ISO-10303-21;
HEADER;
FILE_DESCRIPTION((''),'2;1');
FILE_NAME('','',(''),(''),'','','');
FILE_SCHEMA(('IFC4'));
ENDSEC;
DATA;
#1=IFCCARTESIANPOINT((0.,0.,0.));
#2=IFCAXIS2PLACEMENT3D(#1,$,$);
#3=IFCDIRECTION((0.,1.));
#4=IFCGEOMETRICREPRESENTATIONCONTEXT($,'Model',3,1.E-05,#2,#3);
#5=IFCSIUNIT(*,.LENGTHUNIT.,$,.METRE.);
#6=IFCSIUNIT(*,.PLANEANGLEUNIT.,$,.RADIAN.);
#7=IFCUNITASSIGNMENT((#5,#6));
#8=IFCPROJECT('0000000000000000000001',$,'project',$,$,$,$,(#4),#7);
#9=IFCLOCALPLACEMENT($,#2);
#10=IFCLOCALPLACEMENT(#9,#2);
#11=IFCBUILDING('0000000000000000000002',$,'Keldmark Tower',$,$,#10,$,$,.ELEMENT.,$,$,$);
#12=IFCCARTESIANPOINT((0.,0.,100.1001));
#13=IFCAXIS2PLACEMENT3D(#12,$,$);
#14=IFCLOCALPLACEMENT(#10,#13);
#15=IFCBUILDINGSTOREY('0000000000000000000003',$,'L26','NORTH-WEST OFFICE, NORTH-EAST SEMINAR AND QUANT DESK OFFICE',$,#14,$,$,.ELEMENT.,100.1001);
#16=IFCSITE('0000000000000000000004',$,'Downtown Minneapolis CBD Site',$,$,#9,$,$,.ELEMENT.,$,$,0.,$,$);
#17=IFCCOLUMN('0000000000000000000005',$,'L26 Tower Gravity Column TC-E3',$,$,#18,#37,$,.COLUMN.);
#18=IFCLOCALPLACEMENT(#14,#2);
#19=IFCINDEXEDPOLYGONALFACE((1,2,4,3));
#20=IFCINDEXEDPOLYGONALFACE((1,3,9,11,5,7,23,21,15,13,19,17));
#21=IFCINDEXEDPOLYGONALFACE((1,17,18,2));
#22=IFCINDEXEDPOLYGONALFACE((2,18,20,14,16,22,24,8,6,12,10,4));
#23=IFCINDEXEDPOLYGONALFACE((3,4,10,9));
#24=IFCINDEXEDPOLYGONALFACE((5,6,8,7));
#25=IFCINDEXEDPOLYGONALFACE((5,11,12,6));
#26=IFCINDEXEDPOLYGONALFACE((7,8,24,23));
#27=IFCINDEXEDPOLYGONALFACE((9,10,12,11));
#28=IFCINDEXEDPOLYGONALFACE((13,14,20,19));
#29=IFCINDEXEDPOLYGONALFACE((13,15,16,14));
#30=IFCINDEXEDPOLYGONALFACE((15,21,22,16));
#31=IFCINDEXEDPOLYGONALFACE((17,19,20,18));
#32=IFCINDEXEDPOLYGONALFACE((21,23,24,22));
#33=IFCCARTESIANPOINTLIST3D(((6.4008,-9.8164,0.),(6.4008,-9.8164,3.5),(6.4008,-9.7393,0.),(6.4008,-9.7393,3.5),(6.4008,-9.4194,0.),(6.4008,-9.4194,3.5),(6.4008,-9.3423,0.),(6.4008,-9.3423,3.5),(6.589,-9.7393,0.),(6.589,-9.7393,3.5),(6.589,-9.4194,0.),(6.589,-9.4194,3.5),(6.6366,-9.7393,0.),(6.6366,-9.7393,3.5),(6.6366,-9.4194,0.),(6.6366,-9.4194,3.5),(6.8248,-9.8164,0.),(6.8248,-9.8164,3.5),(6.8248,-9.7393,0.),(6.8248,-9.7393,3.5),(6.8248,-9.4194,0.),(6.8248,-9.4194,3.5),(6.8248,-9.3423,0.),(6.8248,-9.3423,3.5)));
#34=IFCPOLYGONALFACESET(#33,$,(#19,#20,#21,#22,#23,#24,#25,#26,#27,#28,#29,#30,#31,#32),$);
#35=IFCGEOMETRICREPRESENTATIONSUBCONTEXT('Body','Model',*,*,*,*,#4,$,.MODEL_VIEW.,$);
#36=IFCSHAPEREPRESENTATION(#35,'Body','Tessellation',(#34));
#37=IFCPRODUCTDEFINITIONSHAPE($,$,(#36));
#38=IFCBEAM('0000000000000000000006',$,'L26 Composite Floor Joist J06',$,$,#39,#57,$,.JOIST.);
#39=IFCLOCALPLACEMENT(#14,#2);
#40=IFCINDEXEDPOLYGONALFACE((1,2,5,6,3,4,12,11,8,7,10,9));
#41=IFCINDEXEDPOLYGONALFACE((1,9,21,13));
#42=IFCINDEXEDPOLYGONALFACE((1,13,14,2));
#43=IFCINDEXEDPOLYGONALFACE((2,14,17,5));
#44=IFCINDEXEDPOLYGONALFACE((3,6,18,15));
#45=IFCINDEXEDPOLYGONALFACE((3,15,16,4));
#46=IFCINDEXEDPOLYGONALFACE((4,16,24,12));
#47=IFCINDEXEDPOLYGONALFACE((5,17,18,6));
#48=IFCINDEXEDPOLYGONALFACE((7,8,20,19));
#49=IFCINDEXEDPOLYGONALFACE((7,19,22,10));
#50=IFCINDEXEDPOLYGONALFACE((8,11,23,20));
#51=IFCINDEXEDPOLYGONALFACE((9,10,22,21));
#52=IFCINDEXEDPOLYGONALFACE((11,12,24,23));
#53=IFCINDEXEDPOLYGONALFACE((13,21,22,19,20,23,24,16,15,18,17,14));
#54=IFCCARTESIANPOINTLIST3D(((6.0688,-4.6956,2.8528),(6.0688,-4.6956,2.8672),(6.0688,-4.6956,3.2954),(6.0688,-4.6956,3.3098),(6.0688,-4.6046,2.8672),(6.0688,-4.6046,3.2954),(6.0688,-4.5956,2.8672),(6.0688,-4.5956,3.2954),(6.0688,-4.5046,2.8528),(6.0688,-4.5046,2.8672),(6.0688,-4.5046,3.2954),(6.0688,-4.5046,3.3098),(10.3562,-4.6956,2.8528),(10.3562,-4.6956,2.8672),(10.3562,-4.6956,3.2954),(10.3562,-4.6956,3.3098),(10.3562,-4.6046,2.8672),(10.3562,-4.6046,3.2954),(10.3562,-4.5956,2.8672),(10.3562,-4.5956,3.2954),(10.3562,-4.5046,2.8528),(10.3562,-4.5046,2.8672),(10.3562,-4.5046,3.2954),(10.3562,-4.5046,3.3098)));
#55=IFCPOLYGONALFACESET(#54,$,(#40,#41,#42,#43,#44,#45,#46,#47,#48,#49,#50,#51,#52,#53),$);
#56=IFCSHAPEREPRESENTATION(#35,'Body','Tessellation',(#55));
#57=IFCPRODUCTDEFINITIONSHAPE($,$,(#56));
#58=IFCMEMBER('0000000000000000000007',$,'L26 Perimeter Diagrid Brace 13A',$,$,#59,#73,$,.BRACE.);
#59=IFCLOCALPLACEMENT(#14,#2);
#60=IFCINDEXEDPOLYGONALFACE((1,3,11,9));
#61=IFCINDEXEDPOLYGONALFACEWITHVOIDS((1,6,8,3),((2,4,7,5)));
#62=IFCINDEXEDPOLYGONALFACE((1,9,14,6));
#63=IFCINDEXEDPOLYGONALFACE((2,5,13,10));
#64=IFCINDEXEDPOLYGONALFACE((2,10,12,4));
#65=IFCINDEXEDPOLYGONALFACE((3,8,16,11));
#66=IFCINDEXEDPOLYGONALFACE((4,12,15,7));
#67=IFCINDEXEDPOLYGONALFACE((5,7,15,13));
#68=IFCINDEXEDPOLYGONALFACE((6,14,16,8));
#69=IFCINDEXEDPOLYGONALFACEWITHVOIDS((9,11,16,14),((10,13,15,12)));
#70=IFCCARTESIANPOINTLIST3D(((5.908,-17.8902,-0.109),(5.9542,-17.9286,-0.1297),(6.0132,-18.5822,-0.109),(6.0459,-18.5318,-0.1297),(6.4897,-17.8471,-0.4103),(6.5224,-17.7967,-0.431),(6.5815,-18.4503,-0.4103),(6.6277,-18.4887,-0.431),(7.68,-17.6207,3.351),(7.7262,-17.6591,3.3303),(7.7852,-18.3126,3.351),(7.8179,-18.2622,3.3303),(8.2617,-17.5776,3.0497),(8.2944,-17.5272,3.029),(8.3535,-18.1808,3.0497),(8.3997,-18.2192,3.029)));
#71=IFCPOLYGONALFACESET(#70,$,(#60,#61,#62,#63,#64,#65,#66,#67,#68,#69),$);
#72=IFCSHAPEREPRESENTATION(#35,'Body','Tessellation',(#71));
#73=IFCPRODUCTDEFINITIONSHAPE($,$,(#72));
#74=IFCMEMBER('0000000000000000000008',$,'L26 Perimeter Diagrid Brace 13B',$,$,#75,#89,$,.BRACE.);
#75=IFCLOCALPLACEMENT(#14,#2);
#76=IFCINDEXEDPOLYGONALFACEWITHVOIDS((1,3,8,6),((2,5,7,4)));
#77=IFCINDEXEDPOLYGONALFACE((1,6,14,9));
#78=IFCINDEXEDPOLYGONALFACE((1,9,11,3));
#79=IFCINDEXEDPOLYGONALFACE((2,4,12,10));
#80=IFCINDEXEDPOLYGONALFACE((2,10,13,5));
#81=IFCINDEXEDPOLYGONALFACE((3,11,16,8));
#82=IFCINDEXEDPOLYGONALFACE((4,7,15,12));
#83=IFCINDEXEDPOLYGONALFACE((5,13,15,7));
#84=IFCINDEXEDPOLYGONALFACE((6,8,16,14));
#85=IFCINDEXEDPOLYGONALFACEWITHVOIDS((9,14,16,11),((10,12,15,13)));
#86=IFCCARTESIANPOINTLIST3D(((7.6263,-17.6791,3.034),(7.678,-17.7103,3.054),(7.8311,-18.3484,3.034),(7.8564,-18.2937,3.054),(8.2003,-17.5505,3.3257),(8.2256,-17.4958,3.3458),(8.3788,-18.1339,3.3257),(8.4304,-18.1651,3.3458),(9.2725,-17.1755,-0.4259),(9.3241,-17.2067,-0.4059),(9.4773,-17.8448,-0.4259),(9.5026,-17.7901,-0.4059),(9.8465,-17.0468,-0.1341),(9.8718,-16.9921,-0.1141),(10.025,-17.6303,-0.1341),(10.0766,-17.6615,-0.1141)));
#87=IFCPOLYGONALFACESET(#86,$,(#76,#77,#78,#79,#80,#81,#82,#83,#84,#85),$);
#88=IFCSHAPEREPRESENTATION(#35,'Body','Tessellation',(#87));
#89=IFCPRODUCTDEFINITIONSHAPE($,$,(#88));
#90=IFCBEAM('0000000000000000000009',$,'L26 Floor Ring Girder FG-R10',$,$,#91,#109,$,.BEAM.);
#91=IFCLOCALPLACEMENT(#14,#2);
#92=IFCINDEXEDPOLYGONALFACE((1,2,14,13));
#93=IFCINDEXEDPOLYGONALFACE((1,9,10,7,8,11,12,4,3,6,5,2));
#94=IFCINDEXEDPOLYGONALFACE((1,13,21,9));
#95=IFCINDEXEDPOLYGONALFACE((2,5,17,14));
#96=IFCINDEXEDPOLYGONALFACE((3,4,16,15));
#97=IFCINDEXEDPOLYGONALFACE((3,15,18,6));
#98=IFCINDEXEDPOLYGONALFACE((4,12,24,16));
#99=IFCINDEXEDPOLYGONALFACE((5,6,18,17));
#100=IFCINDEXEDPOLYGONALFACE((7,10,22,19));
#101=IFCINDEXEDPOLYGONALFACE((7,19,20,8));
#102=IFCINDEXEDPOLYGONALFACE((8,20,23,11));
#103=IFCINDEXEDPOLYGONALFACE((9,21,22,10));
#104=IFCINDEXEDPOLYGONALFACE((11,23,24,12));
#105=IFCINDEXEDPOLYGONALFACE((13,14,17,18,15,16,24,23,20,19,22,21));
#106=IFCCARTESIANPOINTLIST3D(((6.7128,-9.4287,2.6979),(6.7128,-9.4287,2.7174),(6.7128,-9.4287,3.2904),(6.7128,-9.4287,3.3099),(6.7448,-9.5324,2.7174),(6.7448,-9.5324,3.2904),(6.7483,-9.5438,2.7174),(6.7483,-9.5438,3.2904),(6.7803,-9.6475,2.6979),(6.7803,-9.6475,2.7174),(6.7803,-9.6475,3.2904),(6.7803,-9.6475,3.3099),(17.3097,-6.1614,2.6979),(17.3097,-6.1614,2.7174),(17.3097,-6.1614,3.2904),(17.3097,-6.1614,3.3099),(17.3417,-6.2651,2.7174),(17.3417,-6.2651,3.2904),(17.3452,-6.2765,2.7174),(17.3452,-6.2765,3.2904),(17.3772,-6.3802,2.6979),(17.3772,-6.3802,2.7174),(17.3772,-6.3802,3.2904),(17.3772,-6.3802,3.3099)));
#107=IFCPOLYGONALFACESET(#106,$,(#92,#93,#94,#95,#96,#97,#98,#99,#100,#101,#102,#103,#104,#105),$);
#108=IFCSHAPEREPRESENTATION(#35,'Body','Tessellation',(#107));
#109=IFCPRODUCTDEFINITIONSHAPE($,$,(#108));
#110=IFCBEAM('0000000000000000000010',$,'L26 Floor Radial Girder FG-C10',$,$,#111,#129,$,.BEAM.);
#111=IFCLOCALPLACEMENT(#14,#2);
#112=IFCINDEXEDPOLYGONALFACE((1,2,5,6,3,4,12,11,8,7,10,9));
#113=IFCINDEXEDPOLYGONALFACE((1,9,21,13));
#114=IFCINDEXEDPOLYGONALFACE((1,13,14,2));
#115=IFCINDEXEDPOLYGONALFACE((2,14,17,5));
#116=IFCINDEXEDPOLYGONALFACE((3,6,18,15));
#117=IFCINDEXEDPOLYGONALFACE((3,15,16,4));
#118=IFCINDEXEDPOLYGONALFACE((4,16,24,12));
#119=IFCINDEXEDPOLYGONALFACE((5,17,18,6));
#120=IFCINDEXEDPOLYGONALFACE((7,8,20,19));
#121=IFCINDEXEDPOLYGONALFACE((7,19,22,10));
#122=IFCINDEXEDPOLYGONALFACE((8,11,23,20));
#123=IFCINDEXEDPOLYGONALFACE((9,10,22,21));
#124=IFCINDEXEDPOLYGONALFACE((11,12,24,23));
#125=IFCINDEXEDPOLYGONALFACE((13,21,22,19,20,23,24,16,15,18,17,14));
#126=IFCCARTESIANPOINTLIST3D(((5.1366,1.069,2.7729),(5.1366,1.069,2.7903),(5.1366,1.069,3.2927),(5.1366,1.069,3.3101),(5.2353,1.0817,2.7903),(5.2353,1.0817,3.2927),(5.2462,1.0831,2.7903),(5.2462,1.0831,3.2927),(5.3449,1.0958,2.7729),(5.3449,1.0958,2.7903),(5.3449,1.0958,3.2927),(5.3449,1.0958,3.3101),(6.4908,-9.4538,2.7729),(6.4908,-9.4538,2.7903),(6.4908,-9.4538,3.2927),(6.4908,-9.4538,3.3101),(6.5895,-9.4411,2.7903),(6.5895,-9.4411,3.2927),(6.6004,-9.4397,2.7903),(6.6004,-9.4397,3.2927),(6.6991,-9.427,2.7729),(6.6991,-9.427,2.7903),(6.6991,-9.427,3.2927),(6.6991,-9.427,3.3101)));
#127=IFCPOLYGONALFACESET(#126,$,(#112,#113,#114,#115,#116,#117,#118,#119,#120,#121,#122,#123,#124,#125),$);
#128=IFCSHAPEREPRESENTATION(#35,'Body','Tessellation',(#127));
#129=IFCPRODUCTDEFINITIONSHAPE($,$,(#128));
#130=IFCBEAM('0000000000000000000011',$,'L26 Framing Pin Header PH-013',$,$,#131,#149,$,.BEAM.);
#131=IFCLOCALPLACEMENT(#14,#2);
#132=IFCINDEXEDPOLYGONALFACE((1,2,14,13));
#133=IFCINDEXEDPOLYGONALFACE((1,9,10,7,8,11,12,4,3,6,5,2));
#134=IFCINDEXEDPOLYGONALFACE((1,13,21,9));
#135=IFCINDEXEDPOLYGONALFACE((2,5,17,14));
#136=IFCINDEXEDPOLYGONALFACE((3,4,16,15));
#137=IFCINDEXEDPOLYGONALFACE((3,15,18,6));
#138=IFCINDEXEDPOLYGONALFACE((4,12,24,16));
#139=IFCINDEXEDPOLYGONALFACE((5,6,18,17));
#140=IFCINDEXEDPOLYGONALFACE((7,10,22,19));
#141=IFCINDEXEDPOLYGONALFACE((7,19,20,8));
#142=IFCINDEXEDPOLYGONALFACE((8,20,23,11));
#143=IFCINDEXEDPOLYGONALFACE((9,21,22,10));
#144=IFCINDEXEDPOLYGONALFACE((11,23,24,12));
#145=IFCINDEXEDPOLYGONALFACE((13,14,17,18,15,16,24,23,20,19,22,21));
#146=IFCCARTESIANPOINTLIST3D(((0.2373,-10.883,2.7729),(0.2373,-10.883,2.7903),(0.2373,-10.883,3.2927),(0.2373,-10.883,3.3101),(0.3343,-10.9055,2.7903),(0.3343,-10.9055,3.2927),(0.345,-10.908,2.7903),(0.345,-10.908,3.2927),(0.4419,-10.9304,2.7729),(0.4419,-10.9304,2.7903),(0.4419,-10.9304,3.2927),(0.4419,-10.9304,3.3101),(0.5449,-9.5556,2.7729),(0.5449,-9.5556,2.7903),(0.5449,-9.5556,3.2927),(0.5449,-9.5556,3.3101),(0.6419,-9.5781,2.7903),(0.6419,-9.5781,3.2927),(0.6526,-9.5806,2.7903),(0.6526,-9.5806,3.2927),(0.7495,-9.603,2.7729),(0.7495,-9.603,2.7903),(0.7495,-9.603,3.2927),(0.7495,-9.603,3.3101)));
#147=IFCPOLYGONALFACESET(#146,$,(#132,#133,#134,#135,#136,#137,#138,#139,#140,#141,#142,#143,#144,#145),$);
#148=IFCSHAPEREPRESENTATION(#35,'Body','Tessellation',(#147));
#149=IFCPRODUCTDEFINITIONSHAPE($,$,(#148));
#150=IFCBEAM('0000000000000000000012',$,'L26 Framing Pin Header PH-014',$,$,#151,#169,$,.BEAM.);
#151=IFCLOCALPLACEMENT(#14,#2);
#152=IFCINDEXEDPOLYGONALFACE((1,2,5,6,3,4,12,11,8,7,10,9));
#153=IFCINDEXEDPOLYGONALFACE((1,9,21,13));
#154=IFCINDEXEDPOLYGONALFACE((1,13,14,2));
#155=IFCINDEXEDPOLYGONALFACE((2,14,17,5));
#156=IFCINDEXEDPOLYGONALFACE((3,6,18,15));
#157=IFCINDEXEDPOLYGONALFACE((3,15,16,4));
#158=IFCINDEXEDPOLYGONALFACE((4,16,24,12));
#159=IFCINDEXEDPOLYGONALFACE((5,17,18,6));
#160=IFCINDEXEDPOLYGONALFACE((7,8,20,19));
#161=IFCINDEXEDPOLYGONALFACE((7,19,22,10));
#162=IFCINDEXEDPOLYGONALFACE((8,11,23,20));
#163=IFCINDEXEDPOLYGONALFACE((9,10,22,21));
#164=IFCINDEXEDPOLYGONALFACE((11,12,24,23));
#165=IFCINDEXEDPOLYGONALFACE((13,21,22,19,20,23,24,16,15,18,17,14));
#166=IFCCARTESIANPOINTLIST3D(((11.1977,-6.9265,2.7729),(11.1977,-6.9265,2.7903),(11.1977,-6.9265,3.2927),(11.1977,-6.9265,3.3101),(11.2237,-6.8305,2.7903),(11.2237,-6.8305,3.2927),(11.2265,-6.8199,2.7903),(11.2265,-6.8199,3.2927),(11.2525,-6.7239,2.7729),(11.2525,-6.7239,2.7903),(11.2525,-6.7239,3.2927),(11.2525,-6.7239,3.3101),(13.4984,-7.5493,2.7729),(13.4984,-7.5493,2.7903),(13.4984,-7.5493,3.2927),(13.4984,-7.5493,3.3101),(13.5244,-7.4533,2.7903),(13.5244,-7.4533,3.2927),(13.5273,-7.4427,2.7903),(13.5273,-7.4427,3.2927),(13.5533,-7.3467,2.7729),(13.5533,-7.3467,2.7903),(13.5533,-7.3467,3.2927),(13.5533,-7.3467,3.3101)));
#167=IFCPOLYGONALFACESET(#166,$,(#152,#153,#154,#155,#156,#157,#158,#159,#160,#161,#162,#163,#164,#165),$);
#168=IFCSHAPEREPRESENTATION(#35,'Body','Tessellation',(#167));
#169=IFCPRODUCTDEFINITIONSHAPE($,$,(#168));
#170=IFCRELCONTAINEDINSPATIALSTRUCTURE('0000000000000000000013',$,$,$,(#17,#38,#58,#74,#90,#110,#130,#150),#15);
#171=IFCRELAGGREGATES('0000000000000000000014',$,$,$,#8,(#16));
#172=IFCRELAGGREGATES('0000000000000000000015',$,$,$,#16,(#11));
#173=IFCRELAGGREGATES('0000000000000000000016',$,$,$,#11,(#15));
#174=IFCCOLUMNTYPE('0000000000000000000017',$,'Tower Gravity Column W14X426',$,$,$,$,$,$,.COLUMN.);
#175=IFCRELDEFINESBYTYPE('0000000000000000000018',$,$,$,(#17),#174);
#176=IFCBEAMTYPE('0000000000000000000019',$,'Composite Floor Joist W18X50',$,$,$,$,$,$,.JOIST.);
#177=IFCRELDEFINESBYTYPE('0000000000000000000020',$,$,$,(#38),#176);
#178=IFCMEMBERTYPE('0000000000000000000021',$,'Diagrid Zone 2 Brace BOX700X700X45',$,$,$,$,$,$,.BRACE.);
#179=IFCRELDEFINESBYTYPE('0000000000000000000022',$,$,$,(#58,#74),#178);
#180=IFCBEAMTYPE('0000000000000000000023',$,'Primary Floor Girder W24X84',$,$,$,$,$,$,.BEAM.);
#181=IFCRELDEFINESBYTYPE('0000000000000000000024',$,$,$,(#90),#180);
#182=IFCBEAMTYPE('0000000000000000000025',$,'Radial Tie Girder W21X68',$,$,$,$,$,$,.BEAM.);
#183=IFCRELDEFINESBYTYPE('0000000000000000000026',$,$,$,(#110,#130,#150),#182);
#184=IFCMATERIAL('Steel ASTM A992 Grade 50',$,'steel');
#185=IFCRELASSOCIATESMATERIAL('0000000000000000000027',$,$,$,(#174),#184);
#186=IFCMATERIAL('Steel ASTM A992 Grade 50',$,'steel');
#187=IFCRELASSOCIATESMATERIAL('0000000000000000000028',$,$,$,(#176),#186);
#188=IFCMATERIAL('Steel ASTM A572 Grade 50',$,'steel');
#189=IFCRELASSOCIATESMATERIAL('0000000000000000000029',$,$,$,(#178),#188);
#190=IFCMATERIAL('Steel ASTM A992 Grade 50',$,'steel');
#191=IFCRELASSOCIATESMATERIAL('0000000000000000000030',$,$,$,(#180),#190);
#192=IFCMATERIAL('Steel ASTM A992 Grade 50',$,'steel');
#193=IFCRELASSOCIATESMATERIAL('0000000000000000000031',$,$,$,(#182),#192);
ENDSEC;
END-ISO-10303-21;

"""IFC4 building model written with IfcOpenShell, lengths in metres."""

from ifc_helpers import new_model, si_unit, direction, frame, origin, origin_2d, place, context, subcontext, project, spatial, hollow_rectangle, i_section, extrude, material, material_profile, profile_set, type_object, element, save


model = new_model("IFC4")

# Units and contexts
model_context = context("Model", 3, precision=1e-05, world=origin(), true_north=direction((0.0, 1.0)))
body_context = subcontext(model_context, "Body", "Model", "MODEL_VIEW")
ifc_project = project(units=[si_unit("LENGTHUNIT", "METRE"), si_unit("PLANEANGLEUNIT", "RADIAN")], contexts=[model_context])

# Site, building, storey
site_placement = place(None, origin())
site = spatial("IfcSite", under=ifc_project, at=site_placement, Name="Downtown Minneapolis CBD Site", CompositionType="ELEMENT", RefElevation=0.0)
building_placement = place(site_placement, origin())
building = spatial("IfcBuilding", under=site, at=building_placement, Name="Keldmark Tower", CompositionType="ELEMENT")
storey_placement = place(building_placement, frame((0.0, 0.0, 100.1001)))
storey = spatial("IfcBuildingStorey", under=building, at=storey_placement, Name="L26", Description="NORTH-WEST OFFICE, NORTH-EAST SEMINAR AND QUANT DESK OFFICE", CompositionType="ELEMENT", Elevation=100.1001)

# Column
ifc_material_1 = material(Name="Steel ASTM A992 Grade 50", Category="steel")
ifc_material_profile_1 = material_profile(ifc_material_1, i_section(OverallWidth=0.4241, OverallDepth=0.4741, WebThickness=0.0476, FlangeThickness=0.0771, at=origin_2d()), Name="W14X426")
ifc_profile_set_1 = profile_set([ifc_material_profile_1], Name="Steel ASTM A992 Grade 50")
column_type = type_object("IfcColumnType", Name="Tower Gravity Column W14X426", PredefinedType="COLUMN", material=ifc_profile_set_1)
column_placement = place(storey_placement, frame((6.6128, -9.5793, 0.0), z_axis=(0.0, 0.0, 1.0), x_axis=(1.0, 0.0, 0.0)))
element("IfcColumn", 1, at=column_placement, inside=storey, type_object=column_type, Name="L26 Tower Gravity Column TC-E3", PredefinedType="COLUMN", context=body_context, shape_type="SweptSolid", body=[
    extrude(i_section(OverallWidth=0.4241, OverallDepth=0.4741, WebThickness=0.0476, FlangeThickness=0.0771, at=origin_2d()), origin(), (0.0, 0.0, 1.0), 3.5),
])

# Beam
ifc_material_2 = material(Name="Steel ASTM A992 Grade 50", Category="steel")
ifc_material_profile_2 = material_profile(ifc_material_2, i_section(OverallWidth=0.1909, OverallDepth=0.457, WebThickness=0.009, FlangeThickness=0.0144, at=origin_2d()), Name="W18X50")
ifc_profile_set_2 = profile_set([ifc_material_profile_2], Name="Steel ASTM A992 Grade 50")
beam_type_1 = type_object("IfcBeamType", Name="Composite Floor Joist W18X50", PredefinedType="JOIST", material=ifc_profile_set_2)
beam_1_placement = place(storey_placement, frame((6.0688, -4.6001, 3.0813), z_axis=(1.0, 0.0, 0.0), x_axis=(0.0, 1.0, 0.0)))
element("IfcBeam", 2, at=beam_1_placement, inside=storey, type_object=beam_type_1, Name="L26 Composite Floor Joist J06", PredefinedType="JOIST", context=body_context, shape_type="SweptSolid", body=[
    extrude(i_section(OverallWidth=0.1909, OverallDepth=0.457, WebThickness=0.009, FlangeThickness=0.0144, at=origin_2d()), origin(), (0.0, 0.0, 1.0), 4.2874),
])

# Members
ifc_material_3 = material(Name="Steel ASTM A572 Grade 50", Category="steel")
ifc_material_profile_3 = material_profile(ifc_material_3, hollow_rectangle(XDim=0.7, YDim=0.7, WallThickness=0.0449, at=origin_2d()), Name="BOX700X700X45")
ifc_profile_set_3 = profile_set([ifc_material_profile_3], Name="Steel ASTM A572 Grade 50")
member_type = type_object("IfcMemberType", Name="Diagrid Zone 2 Brace BOX700X700X45", PredefinedType="BRACE", material=ifc_profile_set_3)
member_1_placement = place(storey_placement, frame((6.2678, -18.1895, -0.27), z_axis=(0.454743, 0.06917, 0.887933), x_axis=(-0.150378, 0.988629, 0.0)))
element("IfcMember", 3, at=member_1_placement, inside=storey, type_object=member_type, Name="L26 Perimeter Diagrid Brace 13A", PredefinedType="BRACE", context=body_context, shape_type="SweptSolid", body=[
    extrude(hollow_rectangle(XDim=0.7, YDim=0.7, WallThickness=0.0449, at=origin_2d()), origin(), (0.0, 0.0, 1.0), 3.8967),
])
member_2_placement = place(storey_placement, frame((9.6746, -17.4185, -0.27), z_axis=(-0.42598, -0.130327, 0.895297), x_axis=(0.292561, -0.956247, 0.0)))
element("IfcMember", 4, at=member_2_placement, inside=storey, type_object=member_type, Name="L26 Perimeter Diagrid Brace 13B", PredefinedType="BRACE", context=body_context, shape_type="SweptSolid", body=[
    extrude(hollow_rectangle(XDim=0.7, YDim=0.7, WallThickness=0.0449, at=origin_2d()), origin(), (0.0, 0.0, 1.0), 3.8645),
])

# Beams
ifc_material_4 = material(Name="Steel ASTM A992 Grade 50", Category="steel")
ifc_material_profile_4 = material_profile(ifc_material_4, i_section(OverallWidth=0.229, OverallDepth=0.6121, WebThickness=0.012, FlangeThickness=0.0195, at=origin_2d()), Name="W24X84")
ifc_profile_set_4 = profile_set([ifc_material_profile_4], Name="Steel ASTM A992 Grade 50")
beam_type_2 = type_object("IfcBeamType", Name="Primary Floor Girder W24X84", PredefinedType="BEAM", material=ifc_profile_set_4)
beam_2_placement = place(storey_placement, frame((6.7466, -9.5381, 3.0039), z_axis=(0.955608, 0.294641, 0.0), x_axis=(-0.294641, 0.955608, 0.0)))
element("IfcBeam", 5, at=beam_2_placement, inside=storey, type_object=beam_type_2, Name="L26 Floor Ring Girder FG-R10", PredefinedType="BEAM", context=body_context, shape_type="SweptSolid", body=[
    extrude(i_section(OverallWidth=0.229, OverallDepth=0.6121, WebThickness=0.012, FlangeThickness=0.0195, at=origin_2d()), origin(), (0.0, 0.0, 1.0), 11.0891),
])
ifc_material_5 = material(Name="Steel ASTM A992 Grade 50", Category="steel")
ifc_material_profile_5 = material_profile(ifc_material_5, i_section(OverallWidth=0.21, OverallDepth=0.5371, WebThickness=0.011, FlangeThickness=0.0173, at=origin_2d()), Name="W21X68")
ifc_profile_set_5 = profile_set([ifc_material_profile_5], Name="Steel ASTM A992 Grade 50")
beam_type_3 = type_object("IfcBeamType", Name="Radial Tie Girder W21X68", PredefinedType="BEAM", material=ifc_profile_set_5)
beam_3_placement = place(storey_placement, frame((6.595, -9.4404, 3.0415), z_axis=(-0.127642, 0.99182, 0.0), x_axis=(-0.99182, -0.127642, 0.0)))
element("IfcBeam", 6, at=beam_3_placement, inside=storey, type_object=beam_type_3, Name="L26 Floor Radial Girder FG-C10", PredefinedType="BEAM", context=body_context, shape_type="SweptSolid", body=[
    extrude(i_section(OverallWidth=0.21, OverallDepth=0.5371, WebThickness=0.011, FlangeThickness=0.0173, at=origin_2d()), origin(), (0.0, 0.0, 1.0), 10.6096),
])
beam_4_placement = place(storey_placement, frame((0.6472, -9.5793, 3.0415), z_axis=(-0.225762, -0.974182, 0.0), x_axis=(0.974182, -0.225762, 0.0)))
element("IfcBeam", 7, at=beam_4_placement, inside=storey, type_object=beam_type_3, Name="L26 Framing Pin Header PH-013", PredefinedType="BEAM", context=body_context, shape_type="SweptSolid", body=[
    extrude(i_section(OverallWidth=0.21, OverallDepth=0.5371, WebThickness=0.011, FlangeThickness=0.0173, at=origin_2d()), origin(), (0.0, 0.0, 1.0), 1.3625),
])
beam_5_placement = place(storey_placement, frame((11.2251, -6.8252, 3.0415), z_axis=(0.965261, -0.261288, 0.0), x_axis=(0.261288, 0.965261, 0.0)))
element("IfcBeam", 8, at=beam_5_placement, inside=storey, type_object=beam_type_3, Name="L26 Framing Pin Header PH-014", PredefinedType="BEAM", context=body_context, shape_type="SweptSolid", body=[
    extrude(i_section(OverallWidth=0.21, OverallDepth=0.5371, WebThickness=0.011, FlangeThickness=0.0173, at=origin_2d()), origin(), (0.0, 0.0, 1.0), 2.3835),
])

save(model, "model.ifc")
